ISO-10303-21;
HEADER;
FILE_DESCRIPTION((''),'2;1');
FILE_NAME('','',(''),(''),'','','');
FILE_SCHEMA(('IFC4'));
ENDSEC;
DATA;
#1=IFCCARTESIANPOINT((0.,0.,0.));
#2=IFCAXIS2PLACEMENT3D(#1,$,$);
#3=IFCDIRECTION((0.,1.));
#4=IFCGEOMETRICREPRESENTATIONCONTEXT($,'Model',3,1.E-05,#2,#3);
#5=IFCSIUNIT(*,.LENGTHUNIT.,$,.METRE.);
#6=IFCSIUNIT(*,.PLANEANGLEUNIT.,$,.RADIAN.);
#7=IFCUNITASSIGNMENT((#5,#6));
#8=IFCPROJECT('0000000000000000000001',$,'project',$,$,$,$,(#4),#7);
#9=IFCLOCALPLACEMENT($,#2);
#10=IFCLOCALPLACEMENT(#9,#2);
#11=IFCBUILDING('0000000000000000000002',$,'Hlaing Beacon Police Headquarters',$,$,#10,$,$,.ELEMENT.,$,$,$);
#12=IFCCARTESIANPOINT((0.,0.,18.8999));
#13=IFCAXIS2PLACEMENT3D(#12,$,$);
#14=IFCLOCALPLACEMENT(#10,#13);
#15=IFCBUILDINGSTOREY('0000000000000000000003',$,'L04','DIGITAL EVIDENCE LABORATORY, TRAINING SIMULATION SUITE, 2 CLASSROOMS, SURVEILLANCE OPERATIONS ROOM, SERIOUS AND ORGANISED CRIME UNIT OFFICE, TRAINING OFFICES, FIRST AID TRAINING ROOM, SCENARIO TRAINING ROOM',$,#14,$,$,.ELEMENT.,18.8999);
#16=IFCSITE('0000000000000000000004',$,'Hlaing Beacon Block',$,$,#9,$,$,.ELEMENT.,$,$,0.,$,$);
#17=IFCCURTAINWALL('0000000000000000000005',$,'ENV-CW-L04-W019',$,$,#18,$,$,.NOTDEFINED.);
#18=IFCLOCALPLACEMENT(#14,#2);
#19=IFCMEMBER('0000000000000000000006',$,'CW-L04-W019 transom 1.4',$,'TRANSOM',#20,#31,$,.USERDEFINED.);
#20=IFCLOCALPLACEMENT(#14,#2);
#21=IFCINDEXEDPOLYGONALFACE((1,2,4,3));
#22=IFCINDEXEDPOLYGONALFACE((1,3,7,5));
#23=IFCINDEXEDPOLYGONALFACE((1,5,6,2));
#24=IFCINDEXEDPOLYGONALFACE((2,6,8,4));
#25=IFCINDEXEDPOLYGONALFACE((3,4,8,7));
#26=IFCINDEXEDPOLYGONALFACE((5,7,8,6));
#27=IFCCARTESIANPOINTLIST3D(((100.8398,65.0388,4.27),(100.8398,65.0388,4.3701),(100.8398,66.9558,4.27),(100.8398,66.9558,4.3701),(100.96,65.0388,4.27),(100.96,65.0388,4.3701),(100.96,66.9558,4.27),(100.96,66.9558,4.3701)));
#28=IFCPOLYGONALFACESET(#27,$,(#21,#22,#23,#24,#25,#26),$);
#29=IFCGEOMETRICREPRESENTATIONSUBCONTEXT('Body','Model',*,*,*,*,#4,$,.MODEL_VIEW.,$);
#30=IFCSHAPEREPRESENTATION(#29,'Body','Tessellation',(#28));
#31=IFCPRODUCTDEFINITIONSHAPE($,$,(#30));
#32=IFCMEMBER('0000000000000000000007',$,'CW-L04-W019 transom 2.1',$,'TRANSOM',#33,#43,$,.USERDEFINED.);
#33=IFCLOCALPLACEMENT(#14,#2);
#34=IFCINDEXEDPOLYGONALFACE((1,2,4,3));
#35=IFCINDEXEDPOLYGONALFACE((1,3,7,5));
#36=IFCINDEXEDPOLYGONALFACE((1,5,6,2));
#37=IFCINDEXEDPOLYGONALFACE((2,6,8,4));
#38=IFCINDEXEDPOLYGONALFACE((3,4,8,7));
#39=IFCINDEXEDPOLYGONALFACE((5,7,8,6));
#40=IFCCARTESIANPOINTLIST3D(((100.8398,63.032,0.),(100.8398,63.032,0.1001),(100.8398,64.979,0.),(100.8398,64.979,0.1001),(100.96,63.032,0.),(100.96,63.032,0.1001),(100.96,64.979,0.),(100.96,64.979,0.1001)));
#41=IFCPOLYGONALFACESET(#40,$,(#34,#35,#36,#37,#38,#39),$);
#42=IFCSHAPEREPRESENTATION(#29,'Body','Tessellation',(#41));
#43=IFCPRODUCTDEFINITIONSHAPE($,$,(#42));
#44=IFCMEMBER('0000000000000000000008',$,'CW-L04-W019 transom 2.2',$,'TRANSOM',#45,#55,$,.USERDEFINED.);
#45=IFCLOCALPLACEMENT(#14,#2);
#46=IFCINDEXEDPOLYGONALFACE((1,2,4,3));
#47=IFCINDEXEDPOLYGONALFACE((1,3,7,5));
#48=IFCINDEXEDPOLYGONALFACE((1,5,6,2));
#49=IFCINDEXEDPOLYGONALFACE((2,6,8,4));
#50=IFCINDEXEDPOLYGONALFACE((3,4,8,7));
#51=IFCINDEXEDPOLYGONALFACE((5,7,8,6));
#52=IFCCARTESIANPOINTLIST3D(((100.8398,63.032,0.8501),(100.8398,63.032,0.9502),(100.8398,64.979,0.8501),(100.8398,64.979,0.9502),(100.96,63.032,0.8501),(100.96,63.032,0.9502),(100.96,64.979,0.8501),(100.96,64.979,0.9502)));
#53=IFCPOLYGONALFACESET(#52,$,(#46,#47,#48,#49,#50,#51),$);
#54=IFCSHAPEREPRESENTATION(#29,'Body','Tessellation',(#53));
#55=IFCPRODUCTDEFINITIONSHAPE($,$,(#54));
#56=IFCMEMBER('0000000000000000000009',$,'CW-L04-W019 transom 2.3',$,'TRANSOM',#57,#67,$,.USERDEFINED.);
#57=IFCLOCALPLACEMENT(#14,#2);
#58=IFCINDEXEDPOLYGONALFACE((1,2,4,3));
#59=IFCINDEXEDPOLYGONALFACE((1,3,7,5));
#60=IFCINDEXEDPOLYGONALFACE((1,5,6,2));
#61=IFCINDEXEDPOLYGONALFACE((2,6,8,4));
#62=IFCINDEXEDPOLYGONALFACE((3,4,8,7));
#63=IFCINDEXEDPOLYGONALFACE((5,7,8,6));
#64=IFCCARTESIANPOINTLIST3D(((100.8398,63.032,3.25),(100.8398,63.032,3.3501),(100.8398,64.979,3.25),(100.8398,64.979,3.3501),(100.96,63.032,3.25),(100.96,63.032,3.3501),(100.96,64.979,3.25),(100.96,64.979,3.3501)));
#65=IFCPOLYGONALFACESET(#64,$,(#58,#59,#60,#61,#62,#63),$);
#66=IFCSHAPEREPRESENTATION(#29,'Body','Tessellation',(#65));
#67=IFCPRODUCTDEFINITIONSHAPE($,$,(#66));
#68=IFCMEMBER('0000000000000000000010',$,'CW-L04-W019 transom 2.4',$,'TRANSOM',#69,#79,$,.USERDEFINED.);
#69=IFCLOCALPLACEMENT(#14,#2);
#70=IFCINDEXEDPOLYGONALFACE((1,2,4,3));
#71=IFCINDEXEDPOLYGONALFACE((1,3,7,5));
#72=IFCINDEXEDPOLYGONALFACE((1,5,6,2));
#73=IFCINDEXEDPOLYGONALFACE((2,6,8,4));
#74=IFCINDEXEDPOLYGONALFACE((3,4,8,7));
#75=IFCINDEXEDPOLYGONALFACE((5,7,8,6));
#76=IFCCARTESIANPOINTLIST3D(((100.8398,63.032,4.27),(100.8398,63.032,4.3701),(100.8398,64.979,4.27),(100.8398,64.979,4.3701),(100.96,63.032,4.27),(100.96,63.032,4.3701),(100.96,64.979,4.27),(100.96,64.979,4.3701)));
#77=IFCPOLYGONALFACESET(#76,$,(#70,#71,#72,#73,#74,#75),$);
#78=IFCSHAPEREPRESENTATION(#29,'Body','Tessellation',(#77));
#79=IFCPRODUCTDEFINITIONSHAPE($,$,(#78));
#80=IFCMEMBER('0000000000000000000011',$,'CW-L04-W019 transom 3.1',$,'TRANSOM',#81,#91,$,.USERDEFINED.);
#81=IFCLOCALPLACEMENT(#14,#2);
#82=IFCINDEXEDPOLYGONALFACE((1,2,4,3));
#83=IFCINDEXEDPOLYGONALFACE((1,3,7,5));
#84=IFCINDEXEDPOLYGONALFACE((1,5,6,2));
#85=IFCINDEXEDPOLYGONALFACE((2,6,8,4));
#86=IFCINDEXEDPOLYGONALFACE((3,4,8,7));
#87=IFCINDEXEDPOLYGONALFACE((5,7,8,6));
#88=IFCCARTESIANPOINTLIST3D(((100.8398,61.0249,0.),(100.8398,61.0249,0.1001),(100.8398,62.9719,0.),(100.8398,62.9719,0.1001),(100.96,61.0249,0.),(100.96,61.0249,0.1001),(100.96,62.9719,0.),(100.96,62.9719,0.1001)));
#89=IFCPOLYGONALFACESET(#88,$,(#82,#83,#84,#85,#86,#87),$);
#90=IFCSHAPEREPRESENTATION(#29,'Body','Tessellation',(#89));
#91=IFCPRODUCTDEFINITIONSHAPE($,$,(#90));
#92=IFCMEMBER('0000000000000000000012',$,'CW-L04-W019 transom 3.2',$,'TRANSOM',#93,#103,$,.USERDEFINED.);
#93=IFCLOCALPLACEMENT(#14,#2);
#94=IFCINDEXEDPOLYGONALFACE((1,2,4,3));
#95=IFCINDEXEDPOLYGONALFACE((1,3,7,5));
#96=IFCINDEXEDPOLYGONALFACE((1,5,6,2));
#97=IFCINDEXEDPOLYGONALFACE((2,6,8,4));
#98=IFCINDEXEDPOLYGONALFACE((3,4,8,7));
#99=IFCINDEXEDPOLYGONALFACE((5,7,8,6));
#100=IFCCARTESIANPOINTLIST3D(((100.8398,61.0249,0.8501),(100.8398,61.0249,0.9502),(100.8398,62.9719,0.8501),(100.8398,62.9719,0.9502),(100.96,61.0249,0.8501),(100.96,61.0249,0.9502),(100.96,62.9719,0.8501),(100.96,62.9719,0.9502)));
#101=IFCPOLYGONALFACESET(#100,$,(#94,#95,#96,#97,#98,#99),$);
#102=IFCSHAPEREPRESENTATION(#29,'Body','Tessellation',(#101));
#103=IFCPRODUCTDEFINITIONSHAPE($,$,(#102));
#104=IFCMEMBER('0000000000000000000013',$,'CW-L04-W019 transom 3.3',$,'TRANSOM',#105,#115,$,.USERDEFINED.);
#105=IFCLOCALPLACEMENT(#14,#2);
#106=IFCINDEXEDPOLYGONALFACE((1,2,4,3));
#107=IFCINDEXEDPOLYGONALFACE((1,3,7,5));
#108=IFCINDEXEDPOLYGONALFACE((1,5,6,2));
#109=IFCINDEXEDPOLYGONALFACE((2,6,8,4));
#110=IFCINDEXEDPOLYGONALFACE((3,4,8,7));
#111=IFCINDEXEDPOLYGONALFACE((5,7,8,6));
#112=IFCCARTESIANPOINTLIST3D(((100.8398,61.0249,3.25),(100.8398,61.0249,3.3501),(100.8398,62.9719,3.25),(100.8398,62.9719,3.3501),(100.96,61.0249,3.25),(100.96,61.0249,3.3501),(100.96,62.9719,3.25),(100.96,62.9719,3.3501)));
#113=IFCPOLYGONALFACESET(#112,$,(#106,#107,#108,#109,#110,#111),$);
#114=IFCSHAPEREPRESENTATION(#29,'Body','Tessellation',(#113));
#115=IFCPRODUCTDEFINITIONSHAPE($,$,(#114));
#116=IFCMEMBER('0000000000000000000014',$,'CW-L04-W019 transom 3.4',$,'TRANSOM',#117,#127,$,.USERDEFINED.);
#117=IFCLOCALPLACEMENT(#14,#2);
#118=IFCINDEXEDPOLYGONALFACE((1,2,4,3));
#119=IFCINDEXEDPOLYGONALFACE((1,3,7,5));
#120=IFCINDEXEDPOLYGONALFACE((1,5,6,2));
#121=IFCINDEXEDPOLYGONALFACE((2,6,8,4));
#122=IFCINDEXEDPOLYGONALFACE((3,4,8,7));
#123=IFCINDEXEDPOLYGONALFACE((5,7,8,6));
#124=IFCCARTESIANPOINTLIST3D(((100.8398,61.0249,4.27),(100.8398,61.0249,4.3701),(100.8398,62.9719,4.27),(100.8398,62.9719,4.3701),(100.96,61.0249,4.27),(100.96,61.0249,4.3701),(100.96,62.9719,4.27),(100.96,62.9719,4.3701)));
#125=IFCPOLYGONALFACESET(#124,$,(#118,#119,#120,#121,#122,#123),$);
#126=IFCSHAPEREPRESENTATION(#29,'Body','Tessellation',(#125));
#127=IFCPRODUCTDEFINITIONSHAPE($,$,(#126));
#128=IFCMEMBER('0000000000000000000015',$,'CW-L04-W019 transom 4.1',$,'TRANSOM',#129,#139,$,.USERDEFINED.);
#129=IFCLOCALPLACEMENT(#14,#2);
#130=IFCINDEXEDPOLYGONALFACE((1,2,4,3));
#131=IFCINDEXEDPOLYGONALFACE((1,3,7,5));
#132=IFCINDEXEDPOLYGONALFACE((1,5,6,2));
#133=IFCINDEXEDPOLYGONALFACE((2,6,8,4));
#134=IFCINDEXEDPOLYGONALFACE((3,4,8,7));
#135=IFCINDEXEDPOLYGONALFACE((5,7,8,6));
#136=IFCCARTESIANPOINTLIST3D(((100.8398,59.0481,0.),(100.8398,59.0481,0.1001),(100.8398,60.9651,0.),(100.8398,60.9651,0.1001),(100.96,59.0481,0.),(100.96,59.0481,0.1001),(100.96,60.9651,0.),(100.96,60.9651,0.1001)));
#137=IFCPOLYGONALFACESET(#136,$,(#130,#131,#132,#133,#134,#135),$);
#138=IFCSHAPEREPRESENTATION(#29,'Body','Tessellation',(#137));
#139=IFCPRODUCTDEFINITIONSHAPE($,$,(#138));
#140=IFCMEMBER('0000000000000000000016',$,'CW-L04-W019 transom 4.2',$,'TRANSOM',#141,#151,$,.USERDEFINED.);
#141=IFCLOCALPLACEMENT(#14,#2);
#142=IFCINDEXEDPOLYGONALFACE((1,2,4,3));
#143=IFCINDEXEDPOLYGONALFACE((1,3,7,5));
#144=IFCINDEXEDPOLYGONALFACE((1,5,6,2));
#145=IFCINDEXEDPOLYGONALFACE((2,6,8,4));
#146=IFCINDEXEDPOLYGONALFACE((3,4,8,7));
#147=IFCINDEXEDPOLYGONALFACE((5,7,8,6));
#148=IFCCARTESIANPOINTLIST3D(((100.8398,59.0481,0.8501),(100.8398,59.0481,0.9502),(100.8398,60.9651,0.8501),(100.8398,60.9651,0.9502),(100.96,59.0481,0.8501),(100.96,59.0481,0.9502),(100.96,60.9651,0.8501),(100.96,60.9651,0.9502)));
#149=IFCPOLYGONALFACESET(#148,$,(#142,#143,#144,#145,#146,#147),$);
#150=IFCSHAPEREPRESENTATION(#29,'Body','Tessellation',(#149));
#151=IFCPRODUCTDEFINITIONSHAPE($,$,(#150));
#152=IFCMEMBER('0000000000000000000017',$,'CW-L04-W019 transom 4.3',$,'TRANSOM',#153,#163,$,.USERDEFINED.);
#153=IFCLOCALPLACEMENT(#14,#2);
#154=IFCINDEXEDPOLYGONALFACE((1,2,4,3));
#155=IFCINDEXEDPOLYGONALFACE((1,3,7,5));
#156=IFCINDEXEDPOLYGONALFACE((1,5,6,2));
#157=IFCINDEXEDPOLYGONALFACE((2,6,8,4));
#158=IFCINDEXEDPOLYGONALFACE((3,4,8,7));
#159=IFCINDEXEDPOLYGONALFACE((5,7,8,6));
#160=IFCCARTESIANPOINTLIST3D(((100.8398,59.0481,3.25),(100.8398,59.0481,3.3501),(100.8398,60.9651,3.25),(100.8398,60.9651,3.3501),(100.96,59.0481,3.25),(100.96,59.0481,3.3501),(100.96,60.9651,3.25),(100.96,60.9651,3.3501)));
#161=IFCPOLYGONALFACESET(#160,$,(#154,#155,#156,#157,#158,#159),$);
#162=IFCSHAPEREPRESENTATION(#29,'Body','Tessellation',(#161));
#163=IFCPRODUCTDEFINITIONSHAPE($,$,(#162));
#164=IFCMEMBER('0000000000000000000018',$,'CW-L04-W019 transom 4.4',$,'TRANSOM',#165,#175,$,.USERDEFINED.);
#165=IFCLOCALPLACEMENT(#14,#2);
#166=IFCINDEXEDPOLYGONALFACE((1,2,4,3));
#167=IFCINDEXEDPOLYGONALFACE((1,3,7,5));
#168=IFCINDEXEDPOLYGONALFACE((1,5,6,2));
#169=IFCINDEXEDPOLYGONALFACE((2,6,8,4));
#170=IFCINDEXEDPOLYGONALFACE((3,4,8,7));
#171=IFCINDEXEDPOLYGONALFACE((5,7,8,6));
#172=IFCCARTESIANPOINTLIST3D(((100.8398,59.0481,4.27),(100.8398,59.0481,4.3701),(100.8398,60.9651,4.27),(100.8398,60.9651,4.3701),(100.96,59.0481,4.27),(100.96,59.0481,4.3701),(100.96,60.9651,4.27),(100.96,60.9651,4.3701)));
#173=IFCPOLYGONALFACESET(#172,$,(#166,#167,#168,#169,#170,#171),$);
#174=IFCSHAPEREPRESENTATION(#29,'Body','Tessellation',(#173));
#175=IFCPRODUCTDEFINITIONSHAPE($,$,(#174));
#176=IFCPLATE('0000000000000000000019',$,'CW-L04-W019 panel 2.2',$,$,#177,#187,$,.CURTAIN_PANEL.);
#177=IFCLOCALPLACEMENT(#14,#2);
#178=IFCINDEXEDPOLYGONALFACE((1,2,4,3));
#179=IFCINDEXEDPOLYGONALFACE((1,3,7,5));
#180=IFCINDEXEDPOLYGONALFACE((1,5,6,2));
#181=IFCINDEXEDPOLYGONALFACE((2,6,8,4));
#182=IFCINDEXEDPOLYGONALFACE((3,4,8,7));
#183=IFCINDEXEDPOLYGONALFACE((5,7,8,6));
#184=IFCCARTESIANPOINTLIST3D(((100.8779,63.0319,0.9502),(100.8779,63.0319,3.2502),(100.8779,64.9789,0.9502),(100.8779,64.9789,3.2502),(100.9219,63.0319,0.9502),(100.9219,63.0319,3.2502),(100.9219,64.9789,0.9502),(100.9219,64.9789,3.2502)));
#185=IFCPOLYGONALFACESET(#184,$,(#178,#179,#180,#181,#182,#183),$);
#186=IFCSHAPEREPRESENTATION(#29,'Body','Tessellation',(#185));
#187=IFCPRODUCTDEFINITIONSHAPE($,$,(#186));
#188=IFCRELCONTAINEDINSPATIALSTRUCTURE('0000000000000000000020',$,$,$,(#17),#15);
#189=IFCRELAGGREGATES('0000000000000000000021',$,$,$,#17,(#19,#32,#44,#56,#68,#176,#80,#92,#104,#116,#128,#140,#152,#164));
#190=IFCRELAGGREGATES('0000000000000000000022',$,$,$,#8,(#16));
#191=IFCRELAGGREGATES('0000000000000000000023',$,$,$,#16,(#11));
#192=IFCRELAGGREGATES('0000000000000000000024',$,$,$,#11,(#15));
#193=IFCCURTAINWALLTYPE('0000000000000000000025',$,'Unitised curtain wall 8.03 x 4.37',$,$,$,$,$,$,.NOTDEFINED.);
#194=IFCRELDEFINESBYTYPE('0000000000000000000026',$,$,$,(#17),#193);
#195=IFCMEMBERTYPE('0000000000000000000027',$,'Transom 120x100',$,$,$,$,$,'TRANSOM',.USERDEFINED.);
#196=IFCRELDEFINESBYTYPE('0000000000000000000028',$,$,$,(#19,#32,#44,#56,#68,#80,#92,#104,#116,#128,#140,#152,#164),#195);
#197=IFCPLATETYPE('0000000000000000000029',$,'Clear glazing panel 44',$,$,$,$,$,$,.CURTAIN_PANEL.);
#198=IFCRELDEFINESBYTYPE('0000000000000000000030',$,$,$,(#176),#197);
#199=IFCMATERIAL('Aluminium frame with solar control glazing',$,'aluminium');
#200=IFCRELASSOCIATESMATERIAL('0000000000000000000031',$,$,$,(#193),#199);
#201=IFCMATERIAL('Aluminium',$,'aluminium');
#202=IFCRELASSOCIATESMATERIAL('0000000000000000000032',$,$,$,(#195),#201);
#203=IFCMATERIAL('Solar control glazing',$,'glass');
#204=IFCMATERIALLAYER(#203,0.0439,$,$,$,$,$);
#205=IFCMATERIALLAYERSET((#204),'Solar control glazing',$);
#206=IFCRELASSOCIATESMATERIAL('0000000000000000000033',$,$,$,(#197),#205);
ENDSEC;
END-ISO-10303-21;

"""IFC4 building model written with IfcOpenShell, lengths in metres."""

from ifc_helpers import new_model, si_unit, direction, frame, origin, origin_2d, place, context, subcontext, project, spatial, rectangle, extrude, material, layer, layer_set, material_profile, profile_set, type_object, element, aggregate, save


model = new_model("IFC4")

# Units and contexts
model_context = context("Model", 3, precision=1e-05, world=origin(), true_north=direction((0.0, 1.0)))
body_context = subcontext(model_context, "Body", "Model", "MODEL_VIEW")
ifc_project = project(units=[si_unit("LENGTHUNIT", "METRE"), si_unit("PLANEANGLEUNIT", "RADIAN")], contexts=[model_context])

# Site, building, storey
site_placement = place(None, origin())
site = spatial("IfcSite", under=ifc_project, at=site_placement, Name="Hlaing Beacon Block", CompositionType="ELEMENT", RefElevation=0.0)
building_placement = place(site_placement, origin())
building = spatial("IfcBuilding", under=site, at=building_placement, Name="Hlaing Beacon Police Headquarters", CompositionType="ELEMENT")
storey_placement = place(building_placement, frame((0.0, 0.0, 18.8999)))
storey = spatial("IfcBuildingStorey", under=building, at=storey_placement, Name="L04", Description="DIGITAL EVIDENCE LABORATORY, TRAINING SIMULATION SUITE, 2 CLASSROOMS, SURVEILLANCE OPERATIONS ROOM, SERIOUS AND ORGANISED CRIME UNIT OFFICE, TRAINING OFFICES, FIRST AID TRAINING ROOM, SCENARIO TRAINING ROOM", CompositionType="ELEMENT", Elevation=18.8999)

# Curtain wall
ifc_material_1 = material(Name="Aluminium frame with solar control glazing", Category="aluminium")
curtain_wall_type = type_object("IfcCurtainWallType", Name="Unitised curtain wall 8.03 x 4.37", PredefinedType="NOTDEFINED", material=ifc_material_1)
curtain_wall_placement = place(storey_placement, origin())
curtain_wall = element("IfcCurtainWall", 1, at=curtain_wall_placement, inside=storey, type_object=curtain_wall_type, Name="ENV-CW-L04-W019", PredefinedType="NOTDEFINED")

# Members
ifc_material_2 = material(Name="Aluminium", Category="aluminium")
ifc_material_profile_1 = material_profile(ifc_material_2, rectangle(XDim=0.1201, YDim=0.1001, at=origin_2d()), Name="Transom 120x100")
ifc_profile_set_1 = profile_set([ifc_material_profile_1], Name="Aluminium")
member_type_1 = type_object("IfcMemberType", Name="Transom 120x100", ElementType="TRANSOM", PredefinedType="USERDEFINED", material=ifc_profile_set_1)
member_1_placement = place(storey_placement, frame((100.8999, 66.9558, 4.3201), z_axis=(0.0, -1.0, 0.0), x_axis=(1.0, 0.0, 0.0)))
member_1 = element("IfcMember", 2, at=member_1_placement, type_object=member_type_1, Name="CW-L04-W019 transom 1.4", ObjectType="TRANSOM", PredefinedType="USERDEFINED", context=body_context, shape_type="SweptSolid", body=[
    extrude(rectangle(XDim=0.1201, YDim=0.1001, at=origin_2d()), origin(), (0.0, 0.0, 1.0), 1.917),
])
member_2_placement = place(storey_placement, frame((100.8999, 64.979, 0.05), z_axis=(0.0, -1.0, 0.0), x_axis=(1.0, 0.0, 0.0)))
member_2 = element("IfcMember", 3, at=member_2_placement, type_object=member_type_1, Name="CW-L04-W019 transom 2.1", ObjectType="TRANSOM", PredefinedType="USERDEFINED", context=body_context, shape_type="SweptSolid", body=[
    extrude(rectangle(XDim=0.1201, YDim=0.1001, at=origin_2d()), origin(), (0.0, 0.0, 1.0), 1.947),
])
member_3_placement = place(storey_placement, frame((100.8999, 64.979, 0.9001), z_axis=(0.0, -1.0, 0.0), x_axis=(1.0, 0.0, 0.0)))
member_3 = element("IfcMember", 4, at=member_3_placement, type_object=member_type_1, Name="CW-L04-W019 transom 2.2", ObjectType="TRANSOM", PredefinedType="USERDEFINED", context=body_context, shape_type="SweptSolid", body=[
    extrude(rectangle(XDim=0.1201, YDim=0.1001, at=origin_2d()), origin(), (0.0, 0.0, 1.0), 1.947),
])
member_4_placement = place(storey_placement, frame((100.8999, 64.979, 3.3), z_axis=(0.0, -1.0, 0.0), x_axis=(1.0, 0.0, 0.0)))
member_4 = element("IfcMember", 5, at=member_4_placement, type_object=member_type_1, Name="CW-L04-W019 transom 2.3", ObjectType="TRANSOM", PredefinedType="USERDEFINED", context=body_context, shape_type="SweptSolid", body=[
    extrude(rectangle(XDim=0.1201, YDim=0.1001, at=origin_2d()), origin(), (0.0, 0.0, 1.0), 1.947),
])
member_5_placement = place(storey_placement, frame((100.8999, 64.979, 4.3201), z_axis=(0.0, -1.0, 0.0), x_axis=(1.0, 0.0, 0.0)))
member_5 = element("IfcMember", 6, at=member_5_placement, type_object=member_type_1, Name="CW-L04-W019 transom 2.4", ObjectType="TRANSOM", PredefinedType="USERDEFINED", context=body_context, shape_type="SweptSolid", body=[
    extrude(rectangle(XDim=0.1201, YDim=0.1001, at=origin_2d()), origin(), (0.0, 0.0, 1.0), 1.947),
])
member_6_placement = place(storey_placement, frame((100.8999, 62.9719, 0.05), z_axis=(0.0, -1.0, 0.0), x_axis=(1.0, 0.0, 0.0)))
member_6 = element("IfcMember", 7, at=member_6_placement, type_object=member_type_1, Name="CW-L04-W019 transom 3.1", ObjectType="TRANSOM", PredefinedType="USERDEFINED", context=body_context, shape_type="SweptSolid", body=[
    extrude(rectangle(XDim=0.1201, YDim=0.1001, at=origin_2d()), origin(), (0.0, 0.0, 1.0), 1.947),
])
member_7_placement = place(storey_placement, frame((100.8999, 62.9719, 0.9001), z_axis=(0.0, -1.0, 0.0), x_axis=(1.0, 0.0, 0.0)))
member_7 = element("IfcMember", 8, at=member_7_placement, type_object=member_type_1, Name="CW-L04-W019 transom 3.2", ObjectType="TRANSOM", PredefinedType="USERDEFINED", context=body_context, shape_type="SweptSolid", body=[
    extrude(rectangle(XDim=0.1201, YDim=0.1001, at=origin_2d()), origin(), (0.0, 0.0, 1.0), 1.947),
])
member_8_placement = place(storey_placement, frame((100.8999, 62.9719, 3.3), z_axis=(0.0, -1.0, 0.0), x_axis=(1.0, 0.0, 0.0)))
member_8 = element("IfcMember", 9, at=member_8_placement, type_object=member_type_1, Name="CW-L04-W019 transom 3.3", ObjectType="TRANSOM", PredefinedType="USERDEFINED", context=body_context, shape_type="SweptSolid", body=[
    extrude(rectangle(XDim=0.1201, YDim=0.1001, at=origin_2d()), origin(), (0.0, 0.0, 1.0), 1.947),
])
member_9_placement = place(storey_placement, frame((100.8999, 62.9719, 4.3201), z_axis=(0.0, -1.0, 0.0), x_axis=(1.0, 0.0, 0.0)))
member_9 = element("IfcMember", 10, at=member_9_placement, type_object=member_type_1, Name="CW-L04-W019 transom 3.4", ObjectType="TRANSOM", PredefinedType="USERDEFINED", context=body_context, shape_type="SweptSolid", body=[
    extrude(rectangle(XDim=0.1201, YDim=0.1001, at=origin_2d()), origin(), (0.0, 0.0, 1.0), 1.947),
])
member_10_placement = place(storey_placement, frame((100.8999, 60.9651, 0.05), z_axis=(0.0, -1.0, 0.0), x_axis=(1.0, 0.0, 0.0)))
member_10 = element("IfcMember", 11, at=member_10_placement, type_object=member_type_1, Name="CW-L04-W019 transom 4.1", ObjectType="TRANSOM", PredefinedType="USERDEFINED", context=body_context, shape_type="SweptSolid", body=[
    extrude(rectangle(XDim=0.1201, YDim=0.1001, at=origin_2d()), origin(), (0.0, 0.0, 1.0), 1.917),
])
member_11_placement = place(storey_placement, frame((100.8999, 60.9651, 0.9001), z_axis=(0.0, -1.0, 0.0), x_axis=(1.0, 0.0, 0.0)))
member_11 = element("IfcMember", 12, at=member_11_placement, type_object=member_type_1, Name="CW-L04-W019 transom 4.2", ObjectType="TRANSOM", PredefinedType="USERDEFINED", context=body_context, shape_type="SweptSolid", body=[
    extrude(rectangle(XDim=0.1201, YDim=0.1001, at=origin_2d()), origin(), (0.0, 0.0, 1.0), 1.917),
])
member_12_placement = place(storey_placement, frame((100.8999, 60.9651, 3.3), z_axis=(0.0, -1.0, 0.0), x_axis=(1.0, 0.0, 0.0)))
member_12 = element("IfcMember", 13, at=member_12_placement, type_object=member_type_1, Name="CW-L04-W019 transom 4.3", ObjectType="TRANSOM", PredefinedType="USERDEFINED", context=body_context, shape_type="SweptSolid", body=[
    extrude(rectangle(XDim=0.1201, YDim=0.1001, at=origin_2d()), origin(), (0.0, 0.0, 1.0), 1.917),
])
member_13_placement = place(storey_placement, frame((100.8999, 60.9651, 4.3201), z_axis=(0.0, -1.0, 0.0), x_axis=(1.0, 0.0, 0.0)))
member_13 = element("IfcMember", 14, at=member_13_placement, type_object=member_type_1, Name="CW-L04-W019 transom 4.4", ObjectType="TRANSOM", PredefinedType="USERDEFINED", context=body_context, shape_type="SweptSolid", body=[
    extrude(rectangle(XDim=0.1201, YDim=0.1001, at=origin_2d()), origin(), (0.0, 0.0, 1.0), 1.917),
])

# Plate
ifc_material_3 = material(Name="Solar control glazing", Category="glass")
ifc_layer_1 = layer(ifc_material_3, 0.0439)
ifc_layer_set_1 = layer_set([ifc_layer_1], Name="Solar control glazing")
plate_type_1 = type_object("IfcPlateType", Name="Clear glazing panel 44", PredefinedType="CURTAIN_PANEL", material=ifc_layer_set_1)
plate_1_placement = place(storey_placement, frame((100.8999, 64.0054, 0.9502), z_axis=(0.0, 0.0, 1.0), x_axis=(0.0, -1.0, 0.0)))
plate_1 = element("IfcPlate", 15, at=plate_1_placement, type_object=plate_type_1, Name="CW-L04-W019 panel 2.2", PredefinedType="CURTAIN_PANEL", context=body_context, shape_type="SweptSolid", body=[
    extrude(rectangle(XDim=1.947, YDim=0.0439, at=origin_2d()), origin(), (0.0, 0.0, 1.0), 2.3),
])
aggregate(curtain_wall, [member_1, member_2, member_3, member_4, member_5, plate_1, member_6, member_7, member_8, member_9, member_10, member_11, member_12, member_13])

save(model, "model.ifc")
